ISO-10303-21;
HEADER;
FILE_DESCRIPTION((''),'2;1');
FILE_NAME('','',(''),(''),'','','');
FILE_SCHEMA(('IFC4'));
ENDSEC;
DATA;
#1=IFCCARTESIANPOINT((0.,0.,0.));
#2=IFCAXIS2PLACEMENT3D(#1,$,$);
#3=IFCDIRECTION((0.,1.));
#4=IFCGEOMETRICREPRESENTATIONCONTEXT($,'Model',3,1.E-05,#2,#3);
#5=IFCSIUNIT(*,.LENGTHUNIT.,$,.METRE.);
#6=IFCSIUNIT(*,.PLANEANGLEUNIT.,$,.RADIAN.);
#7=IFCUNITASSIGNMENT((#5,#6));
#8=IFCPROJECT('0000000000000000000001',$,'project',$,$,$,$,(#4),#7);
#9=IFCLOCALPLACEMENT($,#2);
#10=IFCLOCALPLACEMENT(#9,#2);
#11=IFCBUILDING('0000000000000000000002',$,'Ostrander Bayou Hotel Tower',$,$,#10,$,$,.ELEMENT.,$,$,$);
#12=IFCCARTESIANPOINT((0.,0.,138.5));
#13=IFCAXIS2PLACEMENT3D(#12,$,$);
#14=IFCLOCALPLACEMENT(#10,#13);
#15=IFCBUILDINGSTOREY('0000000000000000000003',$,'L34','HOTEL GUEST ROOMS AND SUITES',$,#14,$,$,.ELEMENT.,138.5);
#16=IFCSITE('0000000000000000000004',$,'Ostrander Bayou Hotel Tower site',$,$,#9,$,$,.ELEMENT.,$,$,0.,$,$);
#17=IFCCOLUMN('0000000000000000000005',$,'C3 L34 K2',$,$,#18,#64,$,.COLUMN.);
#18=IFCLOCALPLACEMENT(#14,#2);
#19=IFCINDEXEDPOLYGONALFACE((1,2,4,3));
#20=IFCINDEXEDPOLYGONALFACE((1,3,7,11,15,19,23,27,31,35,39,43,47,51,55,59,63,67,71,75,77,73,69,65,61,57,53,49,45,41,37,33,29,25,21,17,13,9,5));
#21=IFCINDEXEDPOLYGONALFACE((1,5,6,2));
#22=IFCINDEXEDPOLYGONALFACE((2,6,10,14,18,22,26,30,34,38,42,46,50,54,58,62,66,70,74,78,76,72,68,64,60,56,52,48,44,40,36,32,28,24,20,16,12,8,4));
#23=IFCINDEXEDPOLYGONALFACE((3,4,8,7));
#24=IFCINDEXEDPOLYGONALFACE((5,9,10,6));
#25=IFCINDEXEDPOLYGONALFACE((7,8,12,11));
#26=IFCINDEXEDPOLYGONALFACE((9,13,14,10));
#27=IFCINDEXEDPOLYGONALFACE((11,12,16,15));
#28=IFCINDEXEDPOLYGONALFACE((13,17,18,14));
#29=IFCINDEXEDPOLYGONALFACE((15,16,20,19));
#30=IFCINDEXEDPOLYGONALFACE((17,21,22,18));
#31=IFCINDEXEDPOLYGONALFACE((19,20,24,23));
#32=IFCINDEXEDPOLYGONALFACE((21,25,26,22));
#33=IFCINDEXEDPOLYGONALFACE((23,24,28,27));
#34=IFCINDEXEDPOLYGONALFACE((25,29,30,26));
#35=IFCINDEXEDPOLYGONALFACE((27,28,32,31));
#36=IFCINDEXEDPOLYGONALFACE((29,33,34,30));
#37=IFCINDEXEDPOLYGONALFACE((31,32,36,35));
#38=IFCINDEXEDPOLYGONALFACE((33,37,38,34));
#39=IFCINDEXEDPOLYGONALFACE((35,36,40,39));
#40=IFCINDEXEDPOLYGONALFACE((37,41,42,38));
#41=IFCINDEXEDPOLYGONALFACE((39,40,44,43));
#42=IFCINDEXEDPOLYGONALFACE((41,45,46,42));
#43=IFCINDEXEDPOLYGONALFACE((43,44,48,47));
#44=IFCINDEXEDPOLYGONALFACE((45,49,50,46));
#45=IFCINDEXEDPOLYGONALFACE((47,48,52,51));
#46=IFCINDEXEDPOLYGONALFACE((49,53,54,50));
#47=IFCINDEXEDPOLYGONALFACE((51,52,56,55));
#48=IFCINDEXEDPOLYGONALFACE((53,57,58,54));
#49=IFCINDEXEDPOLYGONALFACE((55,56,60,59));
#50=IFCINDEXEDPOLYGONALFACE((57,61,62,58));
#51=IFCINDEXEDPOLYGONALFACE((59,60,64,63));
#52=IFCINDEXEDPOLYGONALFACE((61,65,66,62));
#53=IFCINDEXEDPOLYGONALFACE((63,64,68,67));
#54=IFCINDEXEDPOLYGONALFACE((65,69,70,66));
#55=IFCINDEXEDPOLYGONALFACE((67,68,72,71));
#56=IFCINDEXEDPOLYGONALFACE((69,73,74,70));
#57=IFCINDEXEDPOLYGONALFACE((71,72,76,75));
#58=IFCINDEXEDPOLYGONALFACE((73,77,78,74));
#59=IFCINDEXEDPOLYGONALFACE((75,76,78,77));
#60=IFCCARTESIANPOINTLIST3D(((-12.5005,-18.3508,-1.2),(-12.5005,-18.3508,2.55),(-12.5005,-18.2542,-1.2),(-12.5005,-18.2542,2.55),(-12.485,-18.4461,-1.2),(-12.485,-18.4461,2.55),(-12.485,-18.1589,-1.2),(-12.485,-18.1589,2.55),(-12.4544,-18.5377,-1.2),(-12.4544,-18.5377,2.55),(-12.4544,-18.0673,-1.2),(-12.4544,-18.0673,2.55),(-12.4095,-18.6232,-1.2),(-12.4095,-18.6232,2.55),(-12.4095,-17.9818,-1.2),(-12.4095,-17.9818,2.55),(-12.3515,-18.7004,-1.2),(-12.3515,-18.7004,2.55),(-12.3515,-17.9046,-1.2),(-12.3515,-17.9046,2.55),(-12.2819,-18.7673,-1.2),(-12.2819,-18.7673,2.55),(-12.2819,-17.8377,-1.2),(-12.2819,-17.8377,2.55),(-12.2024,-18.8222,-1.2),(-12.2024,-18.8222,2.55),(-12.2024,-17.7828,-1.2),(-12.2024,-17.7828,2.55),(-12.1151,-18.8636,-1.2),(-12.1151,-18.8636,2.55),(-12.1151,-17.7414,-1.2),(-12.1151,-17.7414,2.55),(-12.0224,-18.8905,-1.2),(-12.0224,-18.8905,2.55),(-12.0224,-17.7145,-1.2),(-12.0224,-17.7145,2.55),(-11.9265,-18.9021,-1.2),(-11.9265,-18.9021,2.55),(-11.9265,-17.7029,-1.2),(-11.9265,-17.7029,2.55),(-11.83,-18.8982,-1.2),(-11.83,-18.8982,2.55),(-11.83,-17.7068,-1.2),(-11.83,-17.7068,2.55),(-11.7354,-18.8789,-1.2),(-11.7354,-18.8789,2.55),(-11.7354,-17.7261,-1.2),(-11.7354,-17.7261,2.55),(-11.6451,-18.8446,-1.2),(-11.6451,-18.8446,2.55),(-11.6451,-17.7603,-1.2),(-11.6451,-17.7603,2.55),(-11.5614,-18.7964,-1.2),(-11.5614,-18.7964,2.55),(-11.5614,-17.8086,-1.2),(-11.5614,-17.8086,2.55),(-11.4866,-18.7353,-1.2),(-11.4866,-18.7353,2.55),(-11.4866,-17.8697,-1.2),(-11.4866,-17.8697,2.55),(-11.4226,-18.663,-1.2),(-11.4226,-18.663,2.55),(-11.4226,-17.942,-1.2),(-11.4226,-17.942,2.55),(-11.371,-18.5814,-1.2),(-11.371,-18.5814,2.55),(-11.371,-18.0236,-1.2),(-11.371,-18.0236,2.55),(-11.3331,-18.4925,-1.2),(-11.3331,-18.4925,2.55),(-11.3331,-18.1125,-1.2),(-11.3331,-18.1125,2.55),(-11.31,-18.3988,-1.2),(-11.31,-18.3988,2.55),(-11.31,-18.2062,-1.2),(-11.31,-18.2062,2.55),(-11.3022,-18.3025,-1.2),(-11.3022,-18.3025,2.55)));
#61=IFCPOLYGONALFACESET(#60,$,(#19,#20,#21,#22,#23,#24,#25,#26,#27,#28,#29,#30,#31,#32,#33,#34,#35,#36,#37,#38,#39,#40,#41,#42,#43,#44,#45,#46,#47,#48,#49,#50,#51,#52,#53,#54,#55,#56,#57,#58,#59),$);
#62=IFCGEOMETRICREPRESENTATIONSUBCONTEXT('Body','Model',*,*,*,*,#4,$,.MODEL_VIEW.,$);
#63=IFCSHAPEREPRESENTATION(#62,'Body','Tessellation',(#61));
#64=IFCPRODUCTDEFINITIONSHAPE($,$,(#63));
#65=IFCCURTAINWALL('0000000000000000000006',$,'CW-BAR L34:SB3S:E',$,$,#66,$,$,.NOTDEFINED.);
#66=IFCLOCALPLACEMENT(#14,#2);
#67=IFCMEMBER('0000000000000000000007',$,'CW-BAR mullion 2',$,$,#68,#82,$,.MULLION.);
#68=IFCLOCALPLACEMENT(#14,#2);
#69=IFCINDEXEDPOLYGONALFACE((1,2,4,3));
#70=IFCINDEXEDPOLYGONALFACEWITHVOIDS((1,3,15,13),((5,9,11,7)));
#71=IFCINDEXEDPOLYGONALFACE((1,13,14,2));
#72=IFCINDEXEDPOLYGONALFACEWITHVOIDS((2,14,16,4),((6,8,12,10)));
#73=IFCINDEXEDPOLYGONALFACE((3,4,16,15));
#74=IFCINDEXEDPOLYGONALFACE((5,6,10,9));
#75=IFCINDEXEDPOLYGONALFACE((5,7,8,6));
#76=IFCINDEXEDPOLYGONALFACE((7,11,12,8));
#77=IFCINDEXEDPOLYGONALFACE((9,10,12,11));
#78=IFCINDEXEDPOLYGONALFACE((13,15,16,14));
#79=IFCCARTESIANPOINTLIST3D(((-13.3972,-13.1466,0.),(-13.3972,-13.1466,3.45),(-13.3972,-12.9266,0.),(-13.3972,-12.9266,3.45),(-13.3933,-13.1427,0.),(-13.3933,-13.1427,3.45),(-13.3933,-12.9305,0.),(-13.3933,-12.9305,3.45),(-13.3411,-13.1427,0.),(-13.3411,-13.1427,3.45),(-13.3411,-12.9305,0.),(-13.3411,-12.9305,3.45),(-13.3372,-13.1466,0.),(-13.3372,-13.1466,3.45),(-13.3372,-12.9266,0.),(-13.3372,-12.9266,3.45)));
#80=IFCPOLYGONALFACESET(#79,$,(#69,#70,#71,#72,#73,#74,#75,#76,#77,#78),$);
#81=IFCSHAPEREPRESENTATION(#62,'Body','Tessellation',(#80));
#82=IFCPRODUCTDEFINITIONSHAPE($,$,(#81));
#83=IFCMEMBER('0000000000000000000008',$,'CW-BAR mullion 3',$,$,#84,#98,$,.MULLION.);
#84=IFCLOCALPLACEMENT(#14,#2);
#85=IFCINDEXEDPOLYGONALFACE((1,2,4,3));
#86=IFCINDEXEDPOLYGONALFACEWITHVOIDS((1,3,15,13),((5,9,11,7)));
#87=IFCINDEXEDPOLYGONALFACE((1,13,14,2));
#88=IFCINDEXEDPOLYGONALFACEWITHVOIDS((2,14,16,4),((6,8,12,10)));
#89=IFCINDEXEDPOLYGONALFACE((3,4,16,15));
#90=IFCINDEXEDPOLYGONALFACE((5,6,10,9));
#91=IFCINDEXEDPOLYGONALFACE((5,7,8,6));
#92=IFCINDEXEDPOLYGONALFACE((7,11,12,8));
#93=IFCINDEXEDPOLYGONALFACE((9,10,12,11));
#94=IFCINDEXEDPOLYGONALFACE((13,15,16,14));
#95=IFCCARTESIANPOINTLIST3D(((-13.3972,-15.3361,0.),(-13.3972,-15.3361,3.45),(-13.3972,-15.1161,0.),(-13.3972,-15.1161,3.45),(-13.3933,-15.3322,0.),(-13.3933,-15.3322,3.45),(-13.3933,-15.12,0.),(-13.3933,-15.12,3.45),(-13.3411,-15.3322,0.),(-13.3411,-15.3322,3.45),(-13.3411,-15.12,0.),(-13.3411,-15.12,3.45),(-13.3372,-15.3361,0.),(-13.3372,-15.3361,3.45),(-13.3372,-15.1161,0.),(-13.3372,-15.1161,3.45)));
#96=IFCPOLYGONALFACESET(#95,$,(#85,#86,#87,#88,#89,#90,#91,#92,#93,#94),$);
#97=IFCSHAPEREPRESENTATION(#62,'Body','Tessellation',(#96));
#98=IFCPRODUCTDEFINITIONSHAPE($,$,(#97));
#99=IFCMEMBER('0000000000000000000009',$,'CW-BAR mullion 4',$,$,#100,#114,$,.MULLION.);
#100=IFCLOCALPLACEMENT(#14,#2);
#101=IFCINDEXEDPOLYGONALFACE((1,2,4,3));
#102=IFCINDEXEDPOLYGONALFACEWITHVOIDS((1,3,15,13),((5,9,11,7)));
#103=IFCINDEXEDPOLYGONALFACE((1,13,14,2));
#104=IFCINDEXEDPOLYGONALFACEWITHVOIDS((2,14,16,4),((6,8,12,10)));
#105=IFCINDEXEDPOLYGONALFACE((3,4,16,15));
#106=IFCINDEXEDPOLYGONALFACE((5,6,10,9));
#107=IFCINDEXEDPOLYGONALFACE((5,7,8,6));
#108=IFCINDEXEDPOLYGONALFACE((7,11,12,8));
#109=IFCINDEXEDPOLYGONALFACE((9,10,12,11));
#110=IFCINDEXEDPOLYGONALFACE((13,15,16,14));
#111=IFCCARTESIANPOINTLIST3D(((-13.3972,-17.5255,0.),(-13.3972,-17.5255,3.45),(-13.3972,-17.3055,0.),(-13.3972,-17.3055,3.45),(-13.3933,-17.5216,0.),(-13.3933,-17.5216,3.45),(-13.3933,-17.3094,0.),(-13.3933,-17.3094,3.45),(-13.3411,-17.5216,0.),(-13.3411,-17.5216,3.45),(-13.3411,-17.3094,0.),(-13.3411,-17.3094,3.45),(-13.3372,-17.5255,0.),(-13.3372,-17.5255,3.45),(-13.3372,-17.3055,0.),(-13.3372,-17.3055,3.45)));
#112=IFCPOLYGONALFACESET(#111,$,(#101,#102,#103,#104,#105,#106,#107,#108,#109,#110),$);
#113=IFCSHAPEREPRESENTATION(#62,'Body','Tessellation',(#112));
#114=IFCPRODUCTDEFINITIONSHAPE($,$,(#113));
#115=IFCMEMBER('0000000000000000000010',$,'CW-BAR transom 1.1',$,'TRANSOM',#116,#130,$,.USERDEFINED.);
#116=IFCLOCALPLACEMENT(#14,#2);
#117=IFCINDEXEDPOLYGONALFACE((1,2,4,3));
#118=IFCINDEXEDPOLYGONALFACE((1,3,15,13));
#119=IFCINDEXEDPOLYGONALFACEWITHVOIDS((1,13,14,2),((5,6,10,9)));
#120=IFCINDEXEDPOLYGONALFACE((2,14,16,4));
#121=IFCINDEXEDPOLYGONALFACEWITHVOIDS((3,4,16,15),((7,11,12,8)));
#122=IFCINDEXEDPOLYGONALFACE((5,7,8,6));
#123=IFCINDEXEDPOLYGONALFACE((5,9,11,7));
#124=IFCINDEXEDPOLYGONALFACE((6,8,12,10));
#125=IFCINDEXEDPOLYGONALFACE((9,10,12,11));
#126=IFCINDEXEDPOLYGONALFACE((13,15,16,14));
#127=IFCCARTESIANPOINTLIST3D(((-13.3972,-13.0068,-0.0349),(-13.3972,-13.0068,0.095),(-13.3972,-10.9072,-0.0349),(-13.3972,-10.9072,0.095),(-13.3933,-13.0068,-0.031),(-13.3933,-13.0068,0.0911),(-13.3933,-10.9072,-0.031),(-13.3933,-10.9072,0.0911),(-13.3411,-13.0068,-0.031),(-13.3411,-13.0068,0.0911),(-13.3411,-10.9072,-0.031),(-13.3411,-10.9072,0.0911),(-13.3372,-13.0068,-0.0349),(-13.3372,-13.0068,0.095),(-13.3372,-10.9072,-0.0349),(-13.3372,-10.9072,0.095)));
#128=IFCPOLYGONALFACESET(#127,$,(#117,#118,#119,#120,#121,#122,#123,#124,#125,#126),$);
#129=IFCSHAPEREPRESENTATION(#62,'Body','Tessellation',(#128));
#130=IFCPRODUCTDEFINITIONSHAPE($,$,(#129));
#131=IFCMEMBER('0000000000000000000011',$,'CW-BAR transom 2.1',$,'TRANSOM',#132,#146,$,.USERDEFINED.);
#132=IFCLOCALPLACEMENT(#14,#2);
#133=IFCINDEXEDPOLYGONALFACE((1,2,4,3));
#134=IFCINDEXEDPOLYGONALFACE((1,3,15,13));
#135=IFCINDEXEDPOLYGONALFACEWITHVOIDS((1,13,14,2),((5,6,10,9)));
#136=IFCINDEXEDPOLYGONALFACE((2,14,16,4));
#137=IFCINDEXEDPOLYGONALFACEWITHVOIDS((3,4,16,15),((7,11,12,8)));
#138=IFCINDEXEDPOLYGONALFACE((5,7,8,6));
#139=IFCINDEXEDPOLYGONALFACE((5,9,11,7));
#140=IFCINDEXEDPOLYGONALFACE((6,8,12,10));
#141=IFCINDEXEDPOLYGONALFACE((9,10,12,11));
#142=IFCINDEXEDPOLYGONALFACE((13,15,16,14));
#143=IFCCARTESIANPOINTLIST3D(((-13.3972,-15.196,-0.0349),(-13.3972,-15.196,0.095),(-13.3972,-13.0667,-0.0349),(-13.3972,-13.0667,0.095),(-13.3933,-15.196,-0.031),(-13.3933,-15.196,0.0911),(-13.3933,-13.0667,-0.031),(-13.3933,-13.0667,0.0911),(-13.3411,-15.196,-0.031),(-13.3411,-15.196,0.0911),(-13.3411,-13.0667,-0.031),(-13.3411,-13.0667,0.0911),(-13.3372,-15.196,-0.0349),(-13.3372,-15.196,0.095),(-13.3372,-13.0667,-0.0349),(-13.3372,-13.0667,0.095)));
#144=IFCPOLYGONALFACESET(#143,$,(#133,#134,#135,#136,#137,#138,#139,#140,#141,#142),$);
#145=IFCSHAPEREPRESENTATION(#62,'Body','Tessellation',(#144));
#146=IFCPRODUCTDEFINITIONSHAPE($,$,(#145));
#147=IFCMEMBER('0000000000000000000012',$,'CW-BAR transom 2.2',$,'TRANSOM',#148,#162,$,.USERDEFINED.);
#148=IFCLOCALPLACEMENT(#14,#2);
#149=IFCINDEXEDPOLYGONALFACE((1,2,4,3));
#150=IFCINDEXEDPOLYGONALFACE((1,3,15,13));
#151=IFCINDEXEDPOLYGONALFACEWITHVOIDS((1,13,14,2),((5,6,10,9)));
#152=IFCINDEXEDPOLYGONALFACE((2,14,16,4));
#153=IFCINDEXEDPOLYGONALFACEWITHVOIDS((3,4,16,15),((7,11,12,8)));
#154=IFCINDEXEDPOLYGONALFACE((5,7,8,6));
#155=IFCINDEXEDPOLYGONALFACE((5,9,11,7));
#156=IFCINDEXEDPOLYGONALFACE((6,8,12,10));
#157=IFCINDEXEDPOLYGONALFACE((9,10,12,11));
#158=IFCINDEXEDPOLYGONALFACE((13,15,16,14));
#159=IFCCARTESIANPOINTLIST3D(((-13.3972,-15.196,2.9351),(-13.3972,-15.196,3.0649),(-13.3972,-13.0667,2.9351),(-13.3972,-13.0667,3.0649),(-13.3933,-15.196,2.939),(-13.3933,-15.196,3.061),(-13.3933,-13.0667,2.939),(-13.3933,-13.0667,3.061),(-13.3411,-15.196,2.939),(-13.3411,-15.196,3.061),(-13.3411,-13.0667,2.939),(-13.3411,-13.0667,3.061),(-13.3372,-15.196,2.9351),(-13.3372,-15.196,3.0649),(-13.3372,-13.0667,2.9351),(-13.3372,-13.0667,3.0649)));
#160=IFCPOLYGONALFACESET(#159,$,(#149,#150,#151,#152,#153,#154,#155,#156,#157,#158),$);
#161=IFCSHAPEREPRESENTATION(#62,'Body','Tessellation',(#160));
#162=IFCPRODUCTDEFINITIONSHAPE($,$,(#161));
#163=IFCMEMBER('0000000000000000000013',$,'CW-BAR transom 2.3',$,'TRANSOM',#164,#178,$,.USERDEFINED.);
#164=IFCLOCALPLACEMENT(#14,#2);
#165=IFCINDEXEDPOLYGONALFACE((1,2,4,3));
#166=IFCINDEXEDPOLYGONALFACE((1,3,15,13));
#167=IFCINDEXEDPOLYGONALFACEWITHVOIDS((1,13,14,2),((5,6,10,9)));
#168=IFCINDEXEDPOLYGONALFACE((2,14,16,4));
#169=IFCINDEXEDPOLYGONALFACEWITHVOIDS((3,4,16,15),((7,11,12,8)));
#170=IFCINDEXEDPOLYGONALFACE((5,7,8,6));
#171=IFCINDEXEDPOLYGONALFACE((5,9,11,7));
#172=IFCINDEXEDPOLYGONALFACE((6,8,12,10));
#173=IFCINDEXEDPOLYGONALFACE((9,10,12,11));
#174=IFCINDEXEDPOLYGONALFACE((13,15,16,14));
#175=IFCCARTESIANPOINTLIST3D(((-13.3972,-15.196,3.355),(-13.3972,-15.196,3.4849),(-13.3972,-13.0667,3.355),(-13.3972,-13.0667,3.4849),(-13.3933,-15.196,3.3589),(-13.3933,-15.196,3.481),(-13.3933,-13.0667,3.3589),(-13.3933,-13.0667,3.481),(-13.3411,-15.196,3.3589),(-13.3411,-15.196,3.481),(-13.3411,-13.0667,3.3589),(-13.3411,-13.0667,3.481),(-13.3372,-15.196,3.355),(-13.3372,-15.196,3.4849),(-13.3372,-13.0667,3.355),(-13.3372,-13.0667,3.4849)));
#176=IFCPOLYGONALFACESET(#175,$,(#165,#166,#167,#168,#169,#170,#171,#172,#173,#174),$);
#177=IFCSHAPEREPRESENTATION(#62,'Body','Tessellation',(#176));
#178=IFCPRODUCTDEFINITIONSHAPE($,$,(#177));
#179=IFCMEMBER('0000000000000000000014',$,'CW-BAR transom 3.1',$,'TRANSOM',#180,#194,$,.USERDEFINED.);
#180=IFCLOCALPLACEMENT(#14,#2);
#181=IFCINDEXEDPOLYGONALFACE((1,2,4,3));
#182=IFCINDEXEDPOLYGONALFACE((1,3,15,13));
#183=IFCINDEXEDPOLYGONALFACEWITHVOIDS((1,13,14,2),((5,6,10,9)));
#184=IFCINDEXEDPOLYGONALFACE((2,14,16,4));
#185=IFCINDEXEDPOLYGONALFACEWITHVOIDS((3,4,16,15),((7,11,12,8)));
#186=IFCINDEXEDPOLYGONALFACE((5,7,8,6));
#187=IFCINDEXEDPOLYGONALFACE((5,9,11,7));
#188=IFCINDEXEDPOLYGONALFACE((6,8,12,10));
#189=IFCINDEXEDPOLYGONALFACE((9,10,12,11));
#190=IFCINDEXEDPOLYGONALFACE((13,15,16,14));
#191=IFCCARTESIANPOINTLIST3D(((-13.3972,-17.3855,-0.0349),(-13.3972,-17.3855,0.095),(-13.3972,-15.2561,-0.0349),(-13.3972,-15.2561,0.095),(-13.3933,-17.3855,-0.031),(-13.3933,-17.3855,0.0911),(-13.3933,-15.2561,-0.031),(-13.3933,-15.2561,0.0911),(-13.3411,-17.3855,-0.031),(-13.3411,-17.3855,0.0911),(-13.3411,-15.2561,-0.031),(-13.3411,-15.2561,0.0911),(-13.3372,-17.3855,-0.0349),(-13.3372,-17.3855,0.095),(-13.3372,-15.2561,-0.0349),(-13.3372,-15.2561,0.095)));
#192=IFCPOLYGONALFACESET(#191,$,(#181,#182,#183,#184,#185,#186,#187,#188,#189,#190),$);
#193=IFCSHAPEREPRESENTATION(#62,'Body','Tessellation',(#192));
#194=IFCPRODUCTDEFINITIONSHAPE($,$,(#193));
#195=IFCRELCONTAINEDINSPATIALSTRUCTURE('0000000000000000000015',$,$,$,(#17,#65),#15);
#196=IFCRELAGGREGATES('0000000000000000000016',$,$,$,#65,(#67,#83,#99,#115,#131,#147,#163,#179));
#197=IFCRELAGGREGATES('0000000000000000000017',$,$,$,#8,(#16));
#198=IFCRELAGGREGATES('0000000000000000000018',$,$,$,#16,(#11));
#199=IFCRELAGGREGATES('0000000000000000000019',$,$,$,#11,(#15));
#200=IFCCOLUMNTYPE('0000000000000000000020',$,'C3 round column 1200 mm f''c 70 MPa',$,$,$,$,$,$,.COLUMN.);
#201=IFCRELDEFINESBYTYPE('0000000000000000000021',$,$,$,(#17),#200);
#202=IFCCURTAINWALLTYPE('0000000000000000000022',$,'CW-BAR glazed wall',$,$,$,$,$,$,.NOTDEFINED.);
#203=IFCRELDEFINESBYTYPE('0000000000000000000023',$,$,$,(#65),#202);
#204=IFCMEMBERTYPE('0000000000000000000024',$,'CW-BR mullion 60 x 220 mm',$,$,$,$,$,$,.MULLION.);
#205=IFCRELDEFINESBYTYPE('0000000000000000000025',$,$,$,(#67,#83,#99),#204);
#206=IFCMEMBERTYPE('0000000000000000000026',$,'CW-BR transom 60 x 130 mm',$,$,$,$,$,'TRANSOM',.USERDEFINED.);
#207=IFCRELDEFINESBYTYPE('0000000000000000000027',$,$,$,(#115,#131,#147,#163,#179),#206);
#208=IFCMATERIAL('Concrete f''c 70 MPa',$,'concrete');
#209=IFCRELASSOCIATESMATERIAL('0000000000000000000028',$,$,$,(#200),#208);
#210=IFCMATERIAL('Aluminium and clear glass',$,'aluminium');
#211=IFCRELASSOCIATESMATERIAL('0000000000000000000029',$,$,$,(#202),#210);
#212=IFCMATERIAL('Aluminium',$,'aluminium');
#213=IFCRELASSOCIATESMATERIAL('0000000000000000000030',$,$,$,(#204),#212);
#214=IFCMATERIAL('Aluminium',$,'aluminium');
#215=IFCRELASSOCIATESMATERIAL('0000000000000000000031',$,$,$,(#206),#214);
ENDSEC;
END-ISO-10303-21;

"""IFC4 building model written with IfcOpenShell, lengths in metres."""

from ifc_helpers import new_model, si_unit, direction, frame, origin, origin_2d, place, context, subcontext, project, spatial, hollow_rectangle, circle, extrude, material, material_profile, profile_set, type_object, element, aggregate, save


model = new_model("IFC4")

# Units and contexts
model_context = context("Model", 3, precision=1e-05, world=origin(), true_north=direction((0.0, 1.0)))
body_context = subcontext(model_context, "Body", "Model", "MODEL_VIEW")
ifc_project = project(units=[si_unit("LENGTHUNIT", "METRE"), si_unit("PLANEANGLEUNIT", "RADIAN")], contexts=[model_context])

# Site, building, storey
site_placement = place(None, origin())
site = spatial("IfcSite", under=ifc_project, at=site_placement, Name="Ostrander Bayou Hotel Tower site", CompositionType="ELEMENT", RefElevation=0.0)
building_placement = place(site_placement, origin())
building = spatial("IfcBuilding", under=site, at=building_placement, Name="Ostrander Bayou Hotel Tower", CompositionType="ELEMENT")
storey_placement = place(building_placement, frame((0.0, 0.0, 138.5)))
storey = spatial("IfcBuildingStorey", under=building, at=storey_placement, Name="L34", Description="HOTEL GUEST ROOMS AND SUITES", CompositionType="ELEMENT", Elevation=138.5)

# Column
ifc_material_1 = material(Name="Concrete f'c 70 MPa", Category="concrete")
ifc_material_profile_1 = material_profile(ifc_material_1, circle(Radius=0.6001, at=origin_2d()))
ifc_profile_set_1 = profile_set([ifc_material_profile_1], Name="Concrete f'c 70 MPa")
column_type = type_object("IfcColumnType", Name="C3 round column 1200 mm f'c 70 MPa", PredefinedType="COLUMN", material=ifc_profile_set_1)
column_placement = place(storey_placement, frame((-11.9023, -18.3025, -1.2), z_axis=(0.0, 0.0, 1.0), x_axis=(1.0, 0.0, 0.0)))
element("IfcColumn", 1, at=column_placement, inside=storey, type_object=column_type, Name="C3 L34 K2", PredefinedType="COLUMN", context=body_context, shape_type="SweptSolid", body=[
    extrude(circle(Radius=0.6001, at=origin_2d()), origin(), (0.0, 0.0, 1.0), 3.75),
])

# Curtain wall, members
ifc_material_2 = material(Name="Aluminium and clear glass", Category="aluminium")
curtain_wall_type = type_object("IfcCurtainWallType", Name="CW-BAR glazed wall", PredefinedType="NOTDEFINED", material=ifc_material_2)
curtain_wall_placement = place(storey_placement, origin())
curtain_wall = element("IfcCurtainWall", 2, at=curtain_wall_placement, inside=storey, type_object=curtain_wall_type, Name="CW-BAR L34:SB3S:E", PredefinedType="NOTDEFINED")
ifc_material_3 = material(Name="Aluminium", Category="aluminium")
ifc_material_profile_2 = material_profile(ifc_material_3, hollow_rectangle(XDim=0.0601, YDim=0.22, WallThickness=0.0039, at=origin_2d()))
ifc_profile_set_2 = profile_set([ifc_material_profile_2], Name="Aluminium")
member_type_1 = type_object("IfcMemberType", Name="CW-BR mullion 60 x 220 mm", PredefinedType="MULLION", material=ifc_profile_set_2)
member_1_placement = place(storey_placement, frame((-13.3672, -13.0366, 0.0), z_axis=(0.0, 0.0, 1.0), x_axis=(1.0, 0.0, 0.0)))
member_1 = element("IfcMember", 3, at=member_1_placement, type_object=member_type_1, Name="CW-BAR mullion 2", PredefinedType="MULLION", context=body_context, shape_type="SweptSolid", body=[
    extrude(hollow_rectangle(XDim=0.0601, YDim=0.22, WallThickness=0.0039, at=origin_2d()), origin(), (0.0, 0.0, 1.0), 3.45),
])
member_2_placement = place(storey_placement, frame((-13.3672, -15.2261, 0.0), z_axis=(0.0, 0.0, 1.0), x_axis=(1.0, 0.0, 0.0)))
member_2 = element("IfcMember", 4, at=member_2_placement, type_object=member_type_1, Name="CW-BAR mullion 3", PredefinedType="MULLION", context=body_context, shape_type="SweptSolid", body=[
    extrude(hollow_rectangle(XDim=0.0601, YDim=0.22, WallThickness=0.0039, at=origin_2d()), origin(), (0.0, 0.0, 1.0), 3.45),
])
member_3_placement = place(storey_placement, frame((-13.3672, -17.4155, 0.0), z_axis=(0.0, 0.0, 1.0), x_axis=(1.0, 0.0, 0.0)))
member_3 = element("IfcMember", 5, at=member_3_placement, type_object=member_type_1, Name="CW-BAR mullion 4", PredefinedType="MULLION", context=body_context, shape_type="SweptSolid", body=[
    extrude(hollow_rectangle(XDim=0.0601, YDim=0.22, WallThickness=0.0039, at=origin_2d()), origin(), (0.0, 0.0, 1.0), 3.45),
])
ifc_material_4 = material(Name="Aluminium", Category="aluminium")
ifc_material_profile_3 = material_profile(ifc_material_4, hollow_rectangle(XDim=0.0601, YDim=0.1299, WallThickness=0.0039, at=origin_2d()))
ifc_profile_set_3 = profile_set([ifc_material_profile_3], Name="Aluminium")
member_type_2 = type_object("IfcMemberType", Name="CW-BR transom 60 x 130 mm", ElementType="TRANSOM", PredefinedType="USERDEFINED", material=ifc_profile_set_3)
member_4_placement = place(storey_placement, frame((-13.3672, -10.9072, 0.03), z_axis=(0.0, -1.0, 0.0), x_axis=(1.0, 0.0, 0.0)))
member_4 = element("IfcMember", 6, at=member_4_placement, type_object=member_type_2, Name="CW-BAR transom 1.1", ObjectType="TRANSOM", PredefinedType="USERDEFINED", context=body_context, shape_type="SweptSolid", body=[
    extrude(hollow_rectangle(XDim=0.0601, YDim=0.1299, WallThickness=0.0039, at=origin_2d()), origin(), (0.0, 0.0, 1.0), 2.0996),
])
member_5_placement = place(storey_placement, frame((-13.3672, -13.0667, 0.03), z_axis=(0.0, -1.0, 0.0), x_axis=(1.0, 0.0, 0.0)))
member_5 = element("IfcMember", 7, at=member_5_placement, type_object=member_type_2, Name="CW-BAR transom 2.1", ObjectType="TRANSOM", PredefinedType="USERDEFINED", context=body_context, shape_type="SweptSolid", body=[
    extrude(hollow_rectangle(XDim=0.0601, YDim=0.1299, WallThickness=0.0039, at=origin_2d()), origin(), (0.0, 0.0, 1.0), 2.1294),
])
member_6_placement = place(storey_placement, frame((-13.3672, -13.0667, 3.0), z_axis=(0.0, -1.0, 0.0), x_axis=(1.0, 0.0, 0.0)))
member_6 = element("IfcMember", 8, at=member_6_placement, type_object=member_type_2, Name="CW-BAR transom 2.2", ObjectType="TRANSOM", PredefinedType="USERDEFINED", context=body_context, shape_type="SweptSolid", body=[
    extrude(hollow_rectangle(XDim=0.0601, YDim=0.1299, WallThickness=0.0039, at=origin_2d()), origin(), (0.0, 0.0, 1.0), 2.1294),
])
member_7_placement = place(storey_placement, frame((-13.3672, -13.0667, 3.4199), z_axis=(0.0, -1.0, 0.0), x_axis=(1.0, 0.0, 0.0)))
member_7 = element("IfcMember", 9, at=member_7_placement, type_object=member_type_2, Name="CW-BAR transom 2.3", ObjectType="TRANSOM", PredefinedType="USERDEFINED", context=body_context, shape_type="SweptSolid", body=[
    extrude(hollow_rectangle(XDim=0.0601, YDim=0.1299, WallThickness=0.0039, at=origin_2d()), origin(), (0.0, 0.0, 1.0), 2.1294),
])
member_8_placement = place(storey_placement, frame((-13.3672, -15.2561, 0.03), z_axis=(0.0, -1.0, 0.0), x_axis=(1.0, 0.0, 0.0)))
member_8 = element("IfcMember", 10, at=member_8_placement, type_object=member_type_2, Name="CW-BAR transom 3.1", ObjectType="TRANSOM", PredefinedType="USERDEFINED", context=body_context, shape_type="SweptSolid", body=[
    extrude(hollow_rectangle(XDim=0.0601, YDim=0.1299, WallThickness=0.0039, at=origin_2d()), origin(), (0.0, 0.0, 1.0), 2.1294),
])
aggregate(curtain_wall, [member_1, member_2, member_3, member_4, member_5, member_6, member_7, member_8])

save(model, "model.ifc")
